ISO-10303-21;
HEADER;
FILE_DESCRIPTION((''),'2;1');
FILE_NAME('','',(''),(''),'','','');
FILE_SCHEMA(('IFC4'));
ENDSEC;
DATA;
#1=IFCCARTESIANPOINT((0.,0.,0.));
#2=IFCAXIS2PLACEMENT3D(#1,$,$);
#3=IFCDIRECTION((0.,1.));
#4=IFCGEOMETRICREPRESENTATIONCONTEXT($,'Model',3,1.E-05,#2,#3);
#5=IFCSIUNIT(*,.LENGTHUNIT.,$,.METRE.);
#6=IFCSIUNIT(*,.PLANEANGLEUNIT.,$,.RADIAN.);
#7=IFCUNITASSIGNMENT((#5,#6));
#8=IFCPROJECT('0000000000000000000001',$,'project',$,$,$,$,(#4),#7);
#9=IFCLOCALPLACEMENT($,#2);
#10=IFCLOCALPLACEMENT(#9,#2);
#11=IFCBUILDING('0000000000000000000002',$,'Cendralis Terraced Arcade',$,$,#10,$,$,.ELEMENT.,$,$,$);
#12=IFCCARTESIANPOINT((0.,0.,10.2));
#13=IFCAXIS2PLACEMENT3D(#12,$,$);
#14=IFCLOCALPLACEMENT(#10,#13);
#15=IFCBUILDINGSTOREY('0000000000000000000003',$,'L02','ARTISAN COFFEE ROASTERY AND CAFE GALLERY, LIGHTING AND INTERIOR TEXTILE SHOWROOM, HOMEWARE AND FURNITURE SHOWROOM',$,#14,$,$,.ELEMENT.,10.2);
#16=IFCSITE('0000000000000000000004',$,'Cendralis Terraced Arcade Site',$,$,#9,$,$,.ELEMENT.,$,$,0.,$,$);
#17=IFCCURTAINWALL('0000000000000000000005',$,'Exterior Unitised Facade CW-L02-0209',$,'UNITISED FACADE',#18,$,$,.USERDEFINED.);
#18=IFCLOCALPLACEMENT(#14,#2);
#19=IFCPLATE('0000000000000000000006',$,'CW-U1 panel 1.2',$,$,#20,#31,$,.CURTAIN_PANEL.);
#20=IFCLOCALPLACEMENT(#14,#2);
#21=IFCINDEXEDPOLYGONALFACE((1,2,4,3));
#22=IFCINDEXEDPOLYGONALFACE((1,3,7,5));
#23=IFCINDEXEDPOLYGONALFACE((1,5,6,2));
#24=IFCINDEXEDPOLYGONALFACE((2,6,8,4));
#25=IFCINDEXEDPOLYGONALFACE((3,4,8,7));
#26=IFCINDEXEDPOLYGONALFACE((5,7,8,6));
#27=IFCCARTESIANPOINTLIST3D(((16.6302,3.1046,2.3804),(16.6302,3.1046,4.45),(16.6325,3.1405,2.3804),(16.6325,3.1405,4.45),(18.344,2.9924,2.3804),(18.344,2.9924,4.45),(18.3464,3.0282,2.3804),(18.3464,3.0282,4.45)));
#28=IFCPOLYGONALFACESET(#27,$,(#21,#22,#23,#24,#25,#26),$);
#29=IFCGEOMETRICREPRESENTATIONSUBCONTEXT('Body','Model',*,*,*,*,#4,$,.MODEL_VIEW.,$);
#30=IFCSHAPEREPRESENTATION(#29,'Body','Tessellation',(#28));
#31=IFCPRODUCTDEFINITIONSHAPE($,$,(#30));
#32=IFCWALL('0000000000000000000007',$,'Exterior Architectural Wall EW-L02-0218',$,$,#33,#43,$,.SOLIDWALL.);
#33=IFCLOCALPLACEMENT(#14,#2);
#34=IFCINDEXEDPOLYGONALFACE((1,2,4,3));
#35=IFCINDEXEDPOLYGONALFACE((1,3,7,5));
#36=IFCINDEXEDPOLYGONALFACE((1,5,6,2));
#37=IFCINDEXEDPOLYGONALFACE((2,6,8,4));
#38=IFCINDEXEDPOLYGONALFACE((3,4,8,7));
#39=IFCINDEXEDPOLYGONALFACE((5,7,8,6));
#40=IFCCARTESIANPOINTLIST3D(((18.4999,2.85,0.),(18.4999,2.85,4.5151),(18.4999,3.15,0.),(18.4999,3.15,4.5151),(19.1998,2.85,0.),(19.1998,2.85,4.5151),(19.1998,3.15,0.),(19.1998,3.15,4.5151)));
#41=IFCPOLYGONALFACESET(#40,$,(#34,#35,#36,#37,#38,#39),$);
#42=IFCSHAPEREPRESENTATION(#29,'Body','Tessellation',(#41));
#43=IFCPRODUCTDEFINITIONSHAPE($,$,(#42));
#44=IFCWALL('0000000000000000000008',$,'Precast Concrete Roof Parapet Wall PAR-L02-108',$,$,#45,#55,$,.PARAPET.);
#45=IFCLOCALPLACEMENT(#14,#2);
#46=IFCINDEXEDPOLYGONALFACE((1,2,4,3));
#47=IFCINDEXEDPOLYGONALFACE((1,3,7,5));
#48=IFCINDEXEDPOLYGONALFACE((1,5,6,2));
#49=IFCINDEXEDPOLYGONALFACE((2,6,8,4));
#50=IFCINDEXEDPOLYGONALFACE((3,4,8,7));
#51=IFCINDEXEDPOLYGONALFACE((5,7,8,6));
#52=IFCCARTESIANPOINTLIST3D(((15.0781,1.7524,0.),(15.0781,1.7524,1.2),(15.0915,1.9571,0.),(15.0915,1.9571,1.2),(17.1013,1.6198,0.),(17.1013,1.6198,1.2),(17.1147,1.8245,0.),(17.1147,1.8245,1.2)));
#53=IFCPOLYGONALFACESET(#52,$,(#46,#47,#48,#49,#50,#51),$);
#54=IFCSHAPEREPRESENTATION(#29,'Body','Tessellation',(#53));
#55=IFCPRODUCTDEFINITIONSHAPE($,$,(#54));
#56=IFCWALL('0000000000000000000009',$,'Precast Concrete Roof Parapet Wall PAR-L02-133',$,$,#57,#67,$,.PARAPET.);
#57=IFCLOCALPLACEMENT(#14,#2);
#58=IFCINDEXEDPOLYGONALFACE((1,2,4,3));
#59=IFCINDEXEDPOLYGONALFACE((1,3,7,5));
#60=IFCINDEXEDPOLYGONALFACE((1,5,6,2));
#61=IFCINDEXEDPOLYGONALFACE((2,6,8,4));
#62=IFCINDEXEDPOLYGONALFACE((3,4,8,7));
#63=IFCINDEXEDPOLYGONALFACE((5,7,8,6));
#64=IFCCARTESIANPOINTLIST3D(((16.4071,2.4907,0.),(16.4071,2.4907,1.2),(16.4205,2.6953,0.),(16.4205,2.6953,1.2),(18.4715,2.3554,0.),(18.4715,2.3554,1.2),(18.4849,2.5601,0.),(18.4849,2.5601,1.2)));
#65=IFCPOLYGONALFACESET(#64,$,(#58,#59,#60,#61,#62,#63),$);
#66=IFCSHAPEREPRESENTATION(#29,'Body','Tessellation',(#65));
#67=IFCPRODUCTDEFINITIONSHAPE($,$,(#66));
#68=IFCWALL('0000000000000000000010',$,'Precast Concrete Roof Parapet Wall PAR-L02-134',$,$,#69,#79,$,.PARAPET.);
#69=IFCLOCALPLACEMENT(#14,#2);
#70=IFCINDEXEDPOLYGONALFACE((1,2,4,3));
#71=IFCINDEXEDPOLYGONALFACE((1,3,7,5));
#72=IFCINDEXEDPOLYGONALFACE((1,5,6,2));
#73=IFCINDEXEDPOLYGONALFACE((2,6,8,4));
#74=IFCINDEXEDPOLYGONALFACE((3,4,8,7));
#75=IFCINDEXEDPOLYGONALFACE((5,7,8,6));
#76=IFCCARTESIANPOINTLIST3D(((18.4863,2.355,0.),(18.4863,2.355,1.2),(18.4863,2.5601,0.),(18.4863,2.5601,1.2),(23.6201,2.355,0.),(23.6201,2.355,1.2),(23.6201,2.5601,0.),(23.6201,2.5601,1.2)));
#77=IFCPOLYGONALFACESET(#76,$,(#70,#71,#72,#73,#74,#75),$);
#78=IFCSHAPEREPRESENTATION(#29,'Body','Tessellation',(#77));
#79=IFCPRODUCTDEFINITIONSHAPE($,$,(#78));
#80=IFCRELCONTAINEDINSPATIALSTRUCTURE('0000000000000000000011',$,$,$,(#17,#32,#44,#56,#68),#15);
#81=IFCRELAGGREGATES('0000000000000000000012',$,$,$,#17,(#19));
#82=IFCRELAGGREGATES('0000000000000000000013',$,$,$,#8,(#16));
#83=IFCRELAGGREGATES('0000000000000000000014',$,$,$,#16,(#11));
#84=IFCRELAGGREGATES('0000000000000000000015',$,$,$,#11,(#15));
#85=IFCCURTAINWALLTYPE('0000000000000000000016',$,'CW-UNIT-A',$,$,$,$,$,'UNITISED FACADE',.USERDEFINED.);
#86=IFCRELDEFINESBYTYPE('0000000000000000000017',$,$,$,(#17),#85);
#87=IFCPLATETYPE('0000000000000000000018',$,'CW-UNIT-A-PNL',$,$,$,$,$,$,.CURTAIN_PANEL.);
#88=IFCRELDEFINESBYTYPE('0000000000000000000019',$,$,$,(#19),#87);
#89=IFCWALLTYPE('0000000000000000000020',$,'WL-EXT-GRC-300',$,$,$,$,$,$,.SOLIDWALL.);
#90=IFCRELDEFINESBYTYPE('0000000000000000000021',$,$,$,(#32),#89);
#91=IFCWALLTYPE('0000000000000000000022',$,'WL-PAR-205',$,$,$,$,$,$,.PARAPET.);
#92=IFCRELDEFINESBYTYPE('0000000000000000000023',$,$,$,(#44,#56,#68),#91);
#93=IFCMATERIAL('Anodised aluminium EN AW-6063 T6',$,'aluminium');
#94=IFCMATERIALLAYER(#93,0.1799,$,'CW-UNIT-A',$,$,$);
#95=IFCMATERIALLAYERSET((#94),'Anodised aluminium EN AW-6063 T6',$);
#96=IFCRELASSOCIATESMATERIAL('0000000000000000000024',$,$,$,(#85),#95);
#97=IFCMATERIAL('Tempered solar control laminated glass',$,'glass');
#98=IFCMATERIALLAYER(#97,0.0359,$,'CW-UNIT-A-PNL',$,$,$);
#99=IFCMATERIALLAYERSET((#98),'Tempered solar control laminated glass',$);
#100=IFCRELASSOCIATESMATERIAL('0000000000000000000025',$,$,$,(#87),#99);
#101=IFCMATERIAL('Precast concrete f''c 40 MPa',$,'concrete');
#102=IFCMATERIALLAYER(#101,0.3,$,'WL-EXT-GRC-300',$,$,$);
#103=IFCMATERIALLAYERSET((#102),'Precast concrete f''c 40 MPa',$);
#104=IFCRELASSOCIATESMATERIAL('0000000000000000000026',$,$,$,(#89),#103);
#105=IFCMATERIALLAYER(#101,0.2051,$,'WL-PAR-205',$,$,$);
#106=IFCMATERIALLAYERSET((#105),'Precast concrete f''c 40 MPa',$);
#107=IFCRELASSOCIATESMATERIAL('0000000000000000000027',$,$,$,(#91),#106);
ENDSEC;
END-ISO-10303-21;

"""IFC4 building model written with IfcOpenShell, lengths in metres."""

from ifc_helpers import new_model, si_unit, direction, frame, frame_2d, origin, origin_2d, place, context, subcontext, project, spatial, rectangle, extrude, material, layer, layer_set, type_object, element, aggregate, save


model = new_model("IFC4")

# Units and contexts
model_context = context("Model", 3, precision=1e-05, world=origin(), true_north=direction((0.0, 1.0)))
body_context = subcontext(model_context, "Body", "Model", "MODEL_VIEW")
ifc_project = project(units=[si_unit("LENGTHUNIT", "METRE"), si_unit("PLANEANGLEUNIT", "RADIAN")], contexts=[model_context])

# Site, building, storey
site_placement = place(None, origin())
site = spatial("IfcSite", under=ifc_project, at=site_placement, Name="Cendralis Terraced Arcade Site", CompositionType="ELEMENT", RefElevation=0.0)
building_placement = place(site_placement, origin())
building = spatial("IfcBuilding", under=site, at=building_placement, Name="Cendralis Terraced Arcade", CompositionType="ELEMENT")
storey_placement = place(building_placement, frame((0.0, 0.0, 10.2)))
storey = spatial("IfcBuildingStorey", under=building, at=storey_placement, Name="L02", Description="ARTISAN COFFEE ROASTERY AND CAFE GALLERY, LIGHTING AND INTERIOR TEXTILE SHOWROOM, HOMEWARE AND FURNITURE SHOWROOM", CompositionType="ELEMENT", Elevation=10.2)

# Curtain wall
ifc_material_1 = material(Name="Anodised aluminium EN AW-6063 T6", Category="aluminium")
ifc_layer_1 = layer(ifc_material_1, 0.1799, Name="CW-UNIT-A")
ifc_layer_set_1 = layer_set([ifc_layer_1], Name="Anodised aluminium EN AW-6063 T6")
curtain_wall_type_1 = type_object("IfcCurtainWallType", Name="CW-UNIT-A", ElementType="UNITISED FACADE", PredefinedType="USERDEFINED", material=ifc_layer_set_1)
curtain_wall_1_placement = place(storey_placement, origin())
curtain_wall_1 = element("IfcCurtainWall", 1, at=curtain_wall_1_placement, inside=storey, type_object=curtain_wall_type_1, Name="Exterior Unitised Facade CW-L02-0209", ObjectType="UNITISED FACADE", PredefinedType="USERDEFINED")

# Plate
ifc_material_2 = material(Name="Tempered solar control laminated glass", Category="glass")
ifc_layer_2 = layer(ifc_material_2, 0.0359, Name="CW-UNIT-A-PNL")
ifc_layer_set_2 = layer_set([ifc_layer_2], Name="Tempered solar control laminated glass")
plate_type_1 = type_object("IfcPlateType", Name="CW-UNIT-A-PNL", PredefinedType="CURTAIN_PANEL", material=ifc_layer_set_2)
plate_1_placement = place(storey_placement, frame((17.4883, 3.0664, 2.3804), z_axis=(0.0, 0.0, 1.0), x_axis=(-0.99786, 0.065384, 0.0)))
plate_1 = element("IfcPlate", 2, at=plate_1_placement, type_object=plate_type_1, Name="CW-U1 panel 1.2", PredefinedType="CURTAIN_PANEL", context=body_context, shape_type="SweptSolid", body=[
    extrude(rectangle(XDim=1.7175, YDim=0.0359, at=origin_2d()), origin(), (0.0, 0.0, 1.0), 2.0696),
])
aggregate(curtain_wall_1, [plate_1])

# Walls
ifc_material_3 = material(Name="Precast concrete f'c 40 MPa", Category="concrete")
ifc_layer_3 = layer(ifc_material_3, 0.3, Name="WL-EXT-GRC-300")
ifc_layer_set_3 = layer_set([ifc_layer_3], Name="Precast concrete f'c 40 MPa")
wall_type_1 = type_object("IfcWallType", Name="WL-EXT-GRC-300", PredefinedType="SOLIDWALL", material=ifc_layer_set_3)
wall_1_placement = place(storey_placement, frame((19.2, 3.0, 0.0), z_axis=(0.0, 0.0, 1.0), x_axis=(-1.0, 0.0, 0.0)))
element("IfcWall", 3, at=wall_1_placement, inside=storey, type_object=wall_type_1, Name="Exterior Architectural Wall EW-L02-0218", PredefinedType="SOLIDWALL", context=body_context, shape_type="SweptSolid", body=[
    extrude(rectangle(XDim=0.7, YDim=0.3, at=frame_2d((0.3501, 0.0))), origin(), (0.0, 0.0, 1.0), 4.5151),
])
ifc_layer_4 = layer(ifc_material_3, 0.2051, Name="WL-PAR-205")
ifc_layer_set_4 = layer_set([ifc_layer_4], Name="Precast concrete f'c 40 MPa")
wall_type_2 = type_object("IfcWallType", Name="WL-PAR-205", PredefinedType="PARAPET", material=ifc_layer_set_4)
wall_2_placement = place(storey_placement, frame((17.1079, 1.7222, 0.0), z_axis=(0.0, 0.0, 1.0), x_axis=(-0.99786, 0.065384, 0.0)))
element("IfcWall", 4, at=wall_2_placement, inside=storey, type_object=wall_type_2, Name="Precast Concrete Roof Parapet Wall PAR-L02-108", PredefinedType="PARAPET", context=body_context, shape_type="SweptSolid", body=[
    extrude(rectangle(XDim=2.0276, YDim=0.2051, at=frame_2d((1.0137, 0.0))), origin(), (0.0, 0.0, 1.0), 1.2),
])
wall_3_placement = place(storey_placement, frame((16.4138, 2.593, 0.0), z_axis=(0.0, 0.0, 1.0), x_axis=(0.997861, -0.065375, 0.0)))
element("IfcWall", 5, at=wall_3_placement, inside=storey, type_object=wall_type_2, Name="Precast Concrete Roof Parapet Wall PAR-L02-133", PredefinedType="PARAPET", context=body_context, shape_type="SweptSolid", body=[
    extrude(rectangle(XDim=2.0688, YDim=0.2051, at=frame_2d((1.0344, 0.0))), origin(), (0.0, 0.0, 1.0), 1.2),
])
wall_4_placement = place(storey_placement, frame((18.4863, 2.4575, 0.0), z_axis=(0.0, 0.0, 1.0), x_axis=(1.0, 0.0, 0.0)))
element("IfcWall", 6, at=wall_4_placement, inside=storey, type_object=wall_type_2, Name="Precast Concrete Roof Parapet Wall PAR-L02-134", PredefinedType="PARAPET", context=body_context, shape_type="SweptSolid", body=[
    extrude(rectangle(XDim=5.1338, YDim=0.2051, at=frame_2d((2.5669, 0.0))), origin(), (0.0, 0.0, 1.0), 1.2),
])

save(model, "model.ifc")
